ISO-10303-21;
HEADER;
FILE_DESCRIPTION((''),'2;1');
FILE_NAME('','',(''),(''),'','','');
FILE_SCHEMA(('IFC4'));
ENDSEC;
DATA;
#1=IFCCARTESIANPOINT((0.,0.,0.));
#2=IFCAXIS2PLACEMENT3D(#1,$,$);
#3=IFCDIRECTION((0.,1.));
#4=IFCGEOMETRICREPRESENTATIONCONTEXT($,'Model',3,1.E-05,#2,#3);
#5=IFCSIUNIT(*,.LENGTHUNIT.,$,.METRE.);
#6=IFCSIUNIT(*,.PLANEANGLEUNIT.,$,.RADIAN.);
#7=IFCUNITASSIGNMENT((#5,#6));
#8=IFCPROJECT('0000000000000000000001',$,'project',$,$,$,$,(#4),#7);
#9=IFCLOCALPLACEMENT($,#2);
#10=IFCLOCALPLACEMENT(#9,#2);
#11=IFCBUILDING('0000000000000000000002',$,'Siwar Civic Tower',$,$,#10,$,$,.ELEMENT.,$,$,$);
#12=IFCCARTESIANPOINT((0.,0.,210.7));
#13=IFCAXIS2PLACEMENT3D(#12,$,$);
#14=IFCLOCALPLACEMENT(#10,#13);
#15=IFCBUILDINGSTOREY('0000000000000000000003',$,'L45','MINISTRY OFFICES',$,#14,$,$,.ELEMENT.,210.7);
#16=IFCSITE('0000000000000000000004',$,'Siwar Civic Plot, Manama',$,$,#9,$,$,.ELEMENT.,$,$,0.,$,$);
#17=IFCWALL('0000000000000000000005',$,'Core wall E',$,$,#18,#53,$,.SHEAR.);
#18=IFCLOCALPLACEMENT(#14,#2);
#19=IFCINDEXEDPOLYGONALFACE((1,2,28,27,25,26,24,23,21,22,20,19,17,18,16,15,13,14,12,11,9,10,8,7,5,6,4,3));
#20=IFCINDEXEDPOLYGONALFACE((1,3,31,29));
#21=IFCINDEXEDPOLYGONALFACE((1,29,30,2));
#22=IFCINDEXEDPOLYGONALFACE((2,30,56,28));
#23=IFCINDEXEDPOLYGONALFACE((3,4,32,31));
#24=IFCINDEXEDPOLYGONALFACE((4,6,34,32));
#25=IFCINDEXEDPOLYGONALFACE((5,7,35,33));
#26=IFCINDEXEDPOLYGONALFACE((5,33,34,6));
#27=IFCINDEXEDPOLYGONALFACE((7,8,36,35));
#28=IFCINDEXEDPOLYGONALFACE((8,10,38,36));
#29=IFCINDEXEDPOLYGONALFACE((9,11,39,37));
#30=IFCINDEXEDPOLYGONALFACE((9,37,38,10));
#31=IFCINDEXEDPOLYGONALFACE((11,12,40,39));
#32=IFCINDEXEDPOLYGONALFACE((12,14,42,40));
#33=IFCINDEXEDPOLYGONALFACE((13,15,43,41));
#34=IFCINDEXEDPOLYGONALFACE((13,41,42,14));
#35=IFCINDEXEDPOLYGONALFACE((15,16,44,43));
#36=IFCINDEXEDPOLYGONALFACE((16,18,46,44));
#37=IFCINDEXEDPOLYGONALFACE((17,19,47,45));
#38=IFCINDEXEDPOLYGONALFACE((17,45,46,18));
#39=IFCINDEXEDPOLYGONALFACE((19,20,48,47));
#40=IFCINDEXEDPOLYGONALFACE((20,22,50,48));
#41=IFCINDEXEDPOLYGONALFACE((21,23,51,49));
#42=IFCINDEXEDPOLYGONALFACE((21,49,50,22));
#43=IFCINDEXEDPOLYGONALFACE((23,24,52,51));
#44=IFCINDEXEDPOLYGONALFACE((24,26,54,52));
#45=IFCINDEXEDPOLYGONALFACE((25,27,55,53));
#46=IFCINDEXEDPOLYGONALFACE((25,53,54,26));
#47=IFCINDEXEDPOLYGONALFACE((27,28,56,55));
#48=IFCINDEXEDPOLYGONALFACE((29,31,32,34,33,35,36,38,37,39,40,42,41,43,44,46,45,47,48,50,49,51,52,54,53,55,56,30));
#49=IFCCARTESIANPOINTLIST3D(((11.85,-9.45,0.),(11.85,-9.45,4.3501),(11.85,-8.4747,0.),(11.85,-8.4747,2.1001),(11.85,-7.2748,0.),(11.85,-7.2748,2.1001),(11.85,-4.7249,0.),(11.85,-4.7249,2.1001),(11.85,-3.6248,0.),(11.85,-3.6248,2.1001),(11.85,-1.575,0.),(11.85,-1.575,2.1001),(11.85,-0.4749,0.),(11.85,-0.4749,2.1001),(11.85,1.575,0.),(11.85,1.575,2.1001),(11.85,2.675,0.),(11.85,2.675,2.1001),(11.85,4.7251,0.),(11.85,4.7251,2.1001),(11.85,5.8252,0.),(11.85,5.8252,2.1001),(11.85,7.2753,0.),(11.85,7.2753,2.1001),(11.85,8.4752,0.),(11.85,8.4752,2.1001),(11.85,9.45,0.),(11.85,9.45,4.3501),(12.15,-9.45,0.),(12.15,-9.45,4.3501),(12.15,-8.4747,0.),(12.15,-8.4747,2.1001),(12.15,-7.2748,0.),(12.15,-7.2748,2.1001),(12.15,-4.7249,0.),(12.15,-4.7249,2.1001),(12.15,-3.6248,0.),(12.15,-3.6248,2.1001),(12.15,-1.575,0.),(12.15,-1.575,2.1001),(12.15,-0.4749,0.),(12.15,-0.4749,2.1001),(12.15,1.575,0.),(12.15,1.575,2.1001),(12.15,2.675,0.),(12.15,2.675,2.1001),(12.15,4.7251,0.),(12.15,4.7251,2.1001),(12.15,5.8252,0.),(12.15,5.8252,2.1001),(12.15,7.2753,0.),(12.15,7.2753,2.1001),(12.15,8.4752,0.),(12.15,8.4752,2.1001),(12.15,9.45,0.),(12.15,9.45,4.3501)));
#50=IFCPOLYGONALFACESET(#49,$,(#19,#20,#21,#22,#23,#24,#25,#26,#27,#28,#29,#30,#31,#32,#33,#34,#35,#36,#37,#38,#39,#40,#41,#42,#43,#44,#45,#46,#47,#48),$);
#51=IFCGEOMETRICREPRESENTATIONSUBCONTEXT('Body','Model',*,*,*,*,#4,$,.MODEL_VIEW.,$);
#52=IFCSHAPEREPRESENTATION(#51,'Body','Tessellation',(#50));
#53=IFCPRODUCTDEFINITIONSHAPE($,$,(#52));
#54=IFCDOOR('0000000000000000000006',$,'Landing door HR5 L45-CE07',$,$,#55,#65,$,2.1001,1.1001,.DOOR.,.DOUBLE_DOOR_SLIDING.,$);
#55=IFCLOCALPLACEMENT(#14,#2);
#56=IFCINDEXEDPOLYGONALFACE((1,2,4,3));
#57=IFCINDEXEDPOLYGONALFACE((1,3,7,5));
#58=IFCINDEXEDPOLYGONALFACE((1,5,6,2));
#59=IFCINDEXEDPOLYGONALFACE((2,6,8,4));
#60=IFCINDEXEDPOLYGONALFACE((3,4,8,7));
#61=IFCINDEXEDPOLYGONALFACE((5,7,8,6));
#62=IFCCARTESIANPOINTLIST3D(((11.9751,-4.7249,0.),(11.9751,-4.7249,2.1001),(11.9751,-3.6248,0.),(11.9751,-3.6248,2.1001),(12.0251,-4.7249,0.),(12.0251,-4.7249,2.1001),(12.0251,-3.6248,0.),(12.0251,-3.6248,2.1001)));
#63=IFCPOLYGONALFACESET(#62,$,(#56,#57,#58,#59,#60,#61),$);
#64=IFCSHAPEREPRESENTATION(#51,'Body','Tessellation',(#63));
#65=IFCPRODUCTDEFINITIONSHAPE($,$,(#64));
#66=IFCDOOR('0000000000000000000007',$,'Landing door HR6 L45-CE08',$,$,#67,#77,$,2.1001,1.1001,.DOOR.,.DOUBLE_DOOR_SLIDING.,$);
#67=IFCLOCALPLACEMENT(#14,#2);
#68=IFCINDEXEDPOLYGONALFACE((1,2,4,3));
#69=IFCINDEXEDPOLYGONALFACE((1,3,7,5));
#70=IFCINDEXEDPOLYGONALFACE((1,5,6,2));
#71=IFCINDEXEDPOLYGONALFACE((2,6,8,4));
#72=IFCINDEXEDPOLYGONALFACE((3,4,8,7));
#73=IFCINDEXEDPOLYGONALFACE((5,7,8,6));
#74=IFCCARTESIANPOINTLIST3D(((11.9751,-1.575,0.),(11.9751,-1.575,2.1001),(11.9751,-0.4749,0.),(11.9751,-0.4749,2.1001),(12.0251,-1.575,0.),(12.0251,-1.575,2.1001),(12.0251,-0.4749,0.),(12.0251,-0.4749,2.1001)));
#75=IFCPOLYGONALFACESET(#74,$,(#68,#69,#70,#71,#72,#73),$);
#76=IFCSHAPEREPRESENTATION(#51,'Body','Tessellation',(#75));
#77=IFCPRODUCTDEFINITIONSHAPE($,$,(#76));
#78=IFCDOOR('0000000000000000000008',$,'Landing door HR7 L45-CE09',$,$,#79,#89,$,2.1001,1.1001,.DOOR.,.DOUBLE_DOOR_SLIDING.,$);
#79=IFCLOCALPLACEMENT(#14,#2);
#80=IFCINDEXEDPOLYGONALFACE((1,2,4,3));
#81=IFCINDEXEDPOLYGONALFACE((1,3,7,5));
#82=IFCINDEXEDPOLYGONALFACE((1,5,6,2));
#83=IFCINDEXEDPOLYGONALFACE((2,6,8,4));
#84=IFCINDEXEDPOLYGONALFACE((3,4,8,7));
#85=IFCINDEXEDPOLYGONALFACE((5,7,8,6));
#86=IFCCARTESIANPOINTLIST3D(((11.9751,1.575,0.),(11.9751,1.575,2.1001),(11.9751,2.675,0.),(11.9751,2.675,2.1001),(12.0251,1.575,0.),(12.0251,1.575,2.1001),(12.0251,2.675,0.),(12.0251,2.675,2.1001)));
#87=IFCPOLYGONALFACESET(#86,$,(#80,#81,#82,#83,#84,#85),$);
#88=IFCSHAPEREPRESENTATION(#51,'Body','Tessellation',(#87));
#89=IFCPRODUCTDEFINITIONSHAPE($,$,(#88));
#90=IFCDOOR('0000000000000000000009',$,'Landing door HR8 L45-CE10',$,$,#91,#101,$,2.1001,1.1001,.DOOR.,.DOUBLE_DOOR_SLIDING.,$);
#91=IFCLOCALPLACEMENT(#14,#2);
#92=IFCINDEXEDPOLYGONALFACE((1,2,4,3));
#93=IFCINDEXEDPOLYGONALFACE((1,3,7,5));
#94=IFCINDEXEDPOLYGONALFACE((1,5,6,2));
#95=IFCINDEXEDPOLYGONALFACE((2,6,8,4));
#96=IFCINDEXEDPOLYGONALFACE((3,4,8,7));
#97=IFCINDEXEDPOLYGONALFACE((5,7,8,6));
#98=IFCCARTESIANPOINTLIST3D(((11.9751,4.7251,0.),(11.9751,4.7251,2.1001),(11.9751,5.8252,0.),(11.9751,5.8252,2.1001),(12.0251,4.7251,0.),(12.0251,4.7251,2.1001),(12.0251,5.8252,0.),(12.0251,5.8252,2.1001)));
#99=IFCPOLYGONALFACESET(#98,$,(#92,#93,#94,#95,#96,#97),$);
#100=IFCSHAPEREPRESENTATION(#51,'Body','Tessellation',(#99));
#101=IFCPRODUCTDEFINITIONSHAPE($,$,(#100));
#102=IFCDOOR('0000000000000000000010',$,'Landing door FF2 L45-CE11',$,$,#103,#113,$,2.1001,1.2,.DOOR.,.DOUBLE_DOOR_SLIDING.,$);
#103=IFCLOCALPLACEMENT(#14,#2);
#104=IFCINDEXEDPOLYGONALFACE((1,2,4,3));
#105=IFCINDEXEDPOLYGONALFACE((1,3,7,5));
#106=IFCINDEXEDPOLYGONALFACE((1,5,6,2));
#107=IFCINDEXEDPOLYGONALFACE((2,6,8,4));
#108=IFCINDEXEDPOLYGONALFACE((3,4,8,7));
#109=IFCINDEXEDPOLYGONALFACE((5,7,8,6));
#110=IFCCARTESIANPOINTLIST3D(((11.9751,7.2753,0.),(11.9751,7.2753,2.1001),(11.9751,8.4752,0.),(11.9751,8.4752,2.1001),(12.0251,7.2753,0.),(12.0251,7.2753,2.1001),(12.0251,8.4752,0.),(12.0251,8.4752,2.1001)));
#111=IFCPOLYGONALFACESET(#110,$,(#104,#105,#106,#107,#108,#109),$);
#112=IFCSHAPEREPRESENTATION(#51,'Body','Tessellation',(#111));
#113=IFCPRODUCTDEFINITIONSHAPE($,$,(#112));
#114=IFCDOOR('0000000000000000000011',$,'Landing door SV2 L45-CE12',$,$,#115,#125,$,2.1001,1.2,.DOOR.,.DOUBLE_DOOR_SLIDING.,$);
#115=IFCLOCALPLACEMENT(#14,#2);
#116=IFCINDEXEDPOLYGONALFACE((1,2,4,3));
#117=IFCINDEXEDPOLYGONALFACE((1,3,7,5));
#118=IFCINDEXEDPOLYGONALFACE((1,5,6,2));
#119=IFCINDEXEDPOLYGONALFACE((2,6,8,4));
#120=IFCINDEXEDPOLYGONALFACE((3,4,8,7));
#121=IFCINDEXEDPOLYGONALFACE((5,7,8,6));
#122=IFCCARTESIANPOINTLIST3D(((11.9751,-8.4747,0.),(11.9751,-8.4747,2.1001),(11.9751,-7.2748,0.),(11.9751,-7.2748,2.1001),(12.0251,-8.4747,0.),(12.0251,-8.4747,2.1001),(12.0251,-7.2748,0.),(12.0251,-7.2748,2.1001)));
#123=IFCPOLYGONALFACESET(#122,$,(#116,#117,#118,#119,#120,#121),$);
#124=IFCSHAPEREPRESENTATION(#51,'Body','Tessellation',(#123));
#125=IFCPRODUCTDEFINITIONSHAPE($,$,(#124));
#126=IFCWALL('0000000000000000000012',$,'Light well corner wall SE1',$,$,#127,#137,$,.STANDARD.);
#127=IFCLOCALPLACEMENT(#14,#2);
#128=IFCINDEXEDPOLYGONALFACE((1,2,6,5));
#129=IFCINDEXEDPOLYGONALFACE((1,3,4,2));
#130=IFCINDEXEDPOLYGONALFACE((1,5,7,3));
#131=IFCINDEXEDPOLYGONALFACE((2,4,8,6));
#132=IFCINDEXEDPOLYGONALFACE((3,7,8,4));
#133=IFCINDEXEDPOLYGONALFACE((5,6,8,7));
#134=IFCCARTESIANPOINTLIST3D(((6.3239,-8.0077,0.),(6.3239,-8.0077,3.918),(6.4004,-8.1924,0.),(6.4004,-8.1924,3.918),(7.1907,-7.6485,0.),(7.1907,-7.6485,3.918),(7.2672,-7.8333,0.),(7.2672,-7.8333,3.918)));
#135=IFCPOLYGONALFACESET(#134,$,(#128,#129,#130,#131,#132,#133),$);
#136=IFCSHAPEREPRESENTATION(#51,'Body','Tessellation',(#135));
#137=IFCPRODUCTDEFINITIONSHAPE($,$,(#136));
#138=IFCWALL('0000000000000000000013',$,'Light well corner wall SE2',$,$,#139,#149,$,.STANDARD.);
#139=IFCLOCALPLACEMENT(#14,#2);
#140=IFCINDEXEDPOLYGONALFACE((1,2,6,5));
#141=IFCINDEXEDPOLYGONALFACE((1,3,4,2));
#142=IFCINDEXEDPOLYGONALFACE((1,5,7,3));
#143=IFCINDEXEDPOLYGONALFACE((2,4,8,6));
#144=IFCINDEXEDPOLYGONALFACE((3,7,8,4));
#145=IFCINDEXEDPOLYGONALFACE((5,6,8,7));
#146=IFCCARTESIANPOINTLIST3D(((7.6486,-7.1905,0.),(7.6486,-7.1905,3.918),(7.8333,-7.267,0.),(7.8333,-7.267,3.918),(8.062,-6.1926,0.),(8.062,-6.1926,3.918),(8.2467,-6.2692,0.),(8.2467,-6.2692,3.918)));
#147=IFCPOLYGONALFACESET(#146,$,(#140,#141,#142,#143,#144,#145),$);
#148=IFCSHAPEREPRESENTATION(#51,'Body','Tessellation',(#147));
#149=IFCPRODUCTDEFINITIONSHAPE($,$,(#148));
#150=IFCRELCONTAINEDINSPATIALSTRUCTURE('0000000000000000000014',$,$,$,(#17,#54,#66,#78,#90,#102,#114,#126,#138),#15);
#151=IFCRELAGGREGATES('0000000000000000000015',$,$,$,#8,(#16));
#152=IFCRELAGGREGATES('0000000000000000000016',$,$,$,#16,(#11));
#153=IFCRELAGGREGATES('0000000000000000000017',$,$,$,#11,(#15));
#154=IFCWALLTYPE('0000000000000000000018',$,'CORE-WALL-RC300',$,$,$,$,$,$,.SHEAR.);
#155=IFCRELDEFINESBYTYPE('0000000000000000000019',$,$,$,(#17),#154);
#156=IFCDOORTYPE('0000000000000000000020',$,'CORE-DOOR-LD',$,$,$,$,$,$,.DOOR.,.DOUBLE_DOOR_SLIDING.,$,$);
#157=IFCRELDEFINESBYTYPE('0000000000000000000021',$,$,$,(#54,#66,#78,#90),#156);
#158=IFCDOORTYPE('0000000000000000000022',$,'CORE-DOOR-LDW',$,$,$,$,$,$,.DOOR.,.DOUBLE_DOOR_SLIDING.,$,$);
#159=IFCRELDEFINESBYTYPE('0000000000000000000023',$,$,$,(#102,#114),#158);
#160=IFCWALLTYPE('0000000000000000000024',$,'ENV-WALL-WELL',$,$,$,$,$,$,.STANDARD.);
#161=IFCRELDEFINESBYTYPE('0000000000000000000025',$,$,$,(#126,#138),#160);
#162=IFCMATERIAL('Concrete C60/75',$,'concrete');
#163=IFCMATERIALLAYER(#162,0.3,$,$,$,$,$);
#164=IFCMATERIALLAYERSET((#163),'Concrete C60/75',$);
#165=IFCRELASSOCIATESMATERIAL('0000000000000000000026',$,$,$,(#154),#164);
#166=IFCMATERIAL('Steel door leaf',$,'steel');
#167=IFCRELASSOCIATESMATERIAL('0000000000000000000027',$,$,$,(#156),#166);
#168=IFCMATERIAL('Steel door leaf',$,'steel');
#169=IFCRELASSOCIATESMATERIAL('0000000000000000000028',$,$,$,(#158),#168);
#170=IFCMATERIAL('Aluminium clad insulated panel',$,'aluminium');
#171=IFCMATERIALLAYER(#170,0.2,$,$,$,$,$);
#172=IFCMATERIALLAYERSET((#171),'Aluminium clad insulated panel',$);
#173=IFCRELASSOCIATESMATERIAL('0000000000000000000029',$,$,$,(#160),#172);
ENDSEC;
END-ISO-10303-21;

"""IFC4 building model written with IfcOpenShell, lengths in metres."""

from ifc_helpers import new_model, si_unit, direction, frame, frame_2d, origin, place, context, subcontext, project, spatial, rectangle, extrude, material, layer, layer_set, type_object, element, fill, save


model = new_model("IFC4")

# Units and contexts
model_context = context("Model", 3, precision=1e-05, world=origin(), true_north=direction((0.0, 1.0)))
body_context = subcontext(model_context, "Body", "Model", "MODEL_VIEW")
ifc_project = project(units=[si_unit("LENGTHUNIT", "METRE"), si_unit("PLANEANGLEUNIT", "RADIAN")], contexts=[model_context])

# Site, building, storey
site_placement = place(None, origin())
site = spatial("IfcSite", under=ifc_project, at=site_placement, Name="Siwar Civic Plot, Manama", CompositionType="ELEMENT", RefElevation=0.0)
building_placement = place(site_placement, origin())
building = spatial("IfcBuilding", under=site, at=building_placement, Name="Siwar Civic Tower", CompositionType="ELEMENT")
storey_placement = place(building_placement, frame((0.0, 0.0, 210.7)))
storey = spatial("IfcBuildingStorey", under=building, at=storey_placement, Name="L45", Description="MINISTRY OFFICES", CompositionType="ELEMENT", Elevation=210.7)

# Wall, openings, doors
ifc_material_1 = material(Name="Concrete C60/75", Category="concrete")
ifc_layer_1 = layer(ifc_material_1, 0.3)
ifc_layer_set_1 = layer_set([ifc_layer_1], Name="Concrete C60/75")
wall_type_1 = type_object("IfcWallType", Name="CORE-WALL-RC300", PredefinedType="SHEAR", material=ifc_layer_set_1)
wall_1_placement = place(storey_placement, frame((12.0, -9.45, 0.0), z_axis=(0.0, 0.0, 1.0), x_axis=(0.0, 1.0, 0.0)))
wall_1 = element("IfcWall", 1, at=wall_1_placement, inside=storey, type_object=wall_type_1, Name="Core wall E", PredefinedType="SHEAR", context=body_context, shape_type="SweptSolid", body=[
    extrude(rectangle(XDim=18.8999, YDim=0.3, at=frame_2d((9.45, 0.0))), origin(), (0.0, 0.0, 1.0), 4.3501),
])
opening_1_placement = place(wall_1_placement, frame((4.7251, 0.0, 0.0)))
opening_1 = element("IfcOpeningElement", 2, at=opening_1_placement, cuts=wall_1, PredefinedType="OPENING", context=body_context, shape_type="SweptSolid", body=[
    extrude(rectangle(XDim=1.1001, YDim=2.1001, at=frame_2d((0.55, 1.05))), frame((0.0, 0.1602, 0.0), z_axis=(0.0, -1.0, 0.0), x_axis=(1.0, 0.0, 0.0)), (0.0, 0.0, 1.0), 0.3201),
])
opening_2_placement = place(wall_1_placement, frame((7.875, 0.0, 0.0)))
opening_2 = element("IfcOpeningElement", 3, at=opening_2_placement, cuts=wall_1, PredefinedType="OPENING", context=body_context, shape_type="SweptSolid", body=[
    extrude(rectangle(XDim=1.1001, YDim=2.1001, at=frame_2d((0.55, 1.05))), frame((0.0, 0.1602, 0.0), z_axis=(0.0, -1.0, 0.0), x_axis=(1.0, 0.0, 0.0)), (0.0, 0.0, 1.0), 0.3201),
])
opening_3_placement = place(wall_1_placement, frame((11.0249, 0.0, 0.0)))
opening_3 = element("IfcOpeningElement", 4, at=opening_3_placement, cuts=wall_1, PredefinedType="OPENING", context=body_context, shape_type="SweptSolid", body=[
    extrude(rectangle(XDim=1.1001, YDim=2.1001, at=frame_2d((0.55, 1.05))), frame((0.0, 0.1602, 0.0), z_axis=(0.0, -1.0, 0.0), x_axis=(1.0, 0.0, 0.0)), (0.0, 0.0, 1.0), 0.3201),
])
opening_4_placement = place(wall_1_placement, frame((14.175, 0.0, 0.0)))
opening_4 = element("IfcOpeningElement", 5, at=opening_4_placement, cuts=wall_1, PredefinedType="OPENING", context=body_context, shape_type="SweptSolid", body=[
    extrude(rectangle(XDim=1.1001, YDim=2.1001, at=frame_2d((0.55, 1.05))), frame((0.0, 0.1602, 0.0), z_axis=(0.0, -1.0, 0.0), x_axis=(1.0, 0.0, 0.0)), (0.0, 0.0, 1.0), 0.3201),
])
opening_5_placement = place(wall_1_placement, frame((16.7251, 0.0, 0.0)))
opening_5 = element("IfcOpeningElement", 6, at=opening_5_placement, cuts=wall_1, PredefinedType="OPENING", context=body_context, shape_type="SweptSolid", body=[
    extrude(rectangle(XDim=1.2, YDim=2.1001, at=frame_2d((0.6001, 1.05))), frame((0.0, 0.1602, 0.0), z_axis=(0.0, -1.0, 0.0), x_axis=(1.0, 0.0, 0.0)), (0.0, 0.0, 1.0), 0.3201),
])
opening_6_placement = place(wall_1_placement, frame((0.9751, 0.0, 0.0)))
opening_6 = element("IfcOpeningElement", 7, at=opening_6_placement, cuts=wall_1, PredefinedType="OPENING", context=body_context, shape_type="SweptSolid", body=[
    extrude(rectangle(XDim=1.2, YDim=2.1001, at=frame_2d((0.6001, 1.05))), frame((0.0, 0.1602, 0.0), z_axis=(0.0, -1.0, 0.0), x_axis=(1.0, 0.0, 0.0)), (0.0, 0.0, 1.0), 0.3201),
])
ifc_material_2 = material(Name="Steel door leaf", Category="steel")
door_type_1 = type_object("IfcDoorType", Name="CORE-DOOR-LD", OperationType="DOUBLE_DOOR_SLIDING", PredefinedType="DOOR", material=ifc_material_2)
door_1_placement = place(opening_1_placement, origin())
door_1 = element("IfcDoor", 8, at=door_1_placement, inside=storey, type_object=door_type_1, Name="Landing door HR5 L45-CE07", OperationType="DOUBLE_DOOR_SLIDING", OverallHeight=2.1001, OverallWidth=1.1001, PredefinedType="DOOR", context=body_context, shape_type="SweptSolid", body=[
    extrude(rectangle(XDim=1.1001, YDim=2.1001, at=frame_2d((0.55, 1.05))), frame((0.0, 0.0249, 0.0), z_axis=(0.0, -1.0, 0.0), x_axis=(1.0, 0.0, 0.0)), (0.0, 0.0, 1.0), 0.05),
])
fill(opening_1, door_1)
door_2_placement = place(opening_2_placement, origin())
door_2 = element("IfcDoor", 9, at=door_2_placement, inside=storey, type_object=door_type_1, Name="Landing door HR6 L45-CE08", OperationType="DOUBLE_DOOR_SLIDING", OverallHeight=2.1001, OverallWidth=1.1001, PredefinedType="DOOR", context=body_context, shape_type="SweptSolid", body=[
    extrude(rectangle(XDim=1.1001, YDim=2.1001, at=frame_2d((0.55, 1.05))), frame((0.0, 0.0249, 0.0), z_axis=(0.0, -1.0, 0.0), x_axis=(1.0, 0.0, 0.0)), (0.0, 0.0, 1.0), 0.05),
])
fill(opening_2, door_2)
door_3_placement = place(opening_3_placement, origin())
door_3 = element("IfcDoor", 10, at=door_3_placement, inside=storey, type_object=door_type_1, Name="Landing door HR7 L45-CE09", OperationType="DOUBLE_DOOR_SLIDING", OverallHeight=2.1001, OverallWidth=1.1001, PredefinedType="DOOR", context=body_context, shape_type="SweptSolid", body=[
    extrude(rectangle(XDim=1.1001, YDim=2.1001, at=frame_2d((0.55, 1.05))), frame((0.0, 0.0249, 0.0), z_axis=(0.0, -1.0, 0.0), x_axis=(1.0, 0.0, 0.0)), (0.0, 0.0, 1.0), 0.05),
])
fill(opening_3, door_3)
door_4_placement = place(opening_4_placement, origin())
door_4 = element("IfcDoor", 11, at=door_4_placement, inside=storey, type_object=door_type_1, Name="Landing door HR8 L45-CE10", OperationType="DOUBLE_DOOR_SLIDING", OverallHeight=2.1001, OverallWidth=1.1001, PredefinedType="DOOR", context=body_context, shape_type="SweptSolid", body=[
    extrude(rectangle(XDim=1.1001, YDim=2.1001, at=frame_2d((0.55, 1.05))), frame((0.0, 0.0249, 0.0), z_axis=(0.0, -1.0, 0.0), x_axis=(1.0, 0.0, 0.0)), (0.0, 0.0, 1.0), 0.05),
])
fill(opening_4, door_4)
ifc_material_3 = material(Name="Steel door leaf", Category="steel")
door_type_2 = type_object("IfcDoorType", Name="CORE-DOOR-LDW", OperationType="DOUBLE_DOOR_SLIDING", PredefinedType="DOOR", material=ifc_material_3)
door_5_placement = place(opening_5_placement, origin())
door_5 = element("IfcDoor", 12, at=door_5_placement, inside=storey, type_object=door_type_2, Name="Landing door FF2 L45-CE11", OperationType="DOUBLE_DOOR_SLIDING", OverallHeight=2.1001, OverallWidth=1.2, PredefinedType="DOOR", context=body_context, shape_type="SweptSolid", body=[
    extrude(rectangle(XDim=1.2, YDim=2.1001, at=frame_2d((0.6001, 1.05))), frame((0.0, 0.0249, 0.0), z_axis=(0.0, -1.0, 0.0), x_axis=(1.0, 0.0, 0.0)), (0.0, 0.0, 1.0), 0.05),
])
fill(opening_5, door_5)
door_6_placement = place(opening_6_placement, origin())
door_6 = element("IfcDoor", 13, at=door_6_placement, inside=storey, type_object=door_type_2, Name="Landing door SV2 L45-CE12", OperationType="DOUBLE_DOOR_SLIDING", OverallHeight=2.1001, OverallWidth=1.2, PredefinedType="DOOR", context=body_context, shape_type="SweptSolid", body=[
    extrude(rectangle(XDim=1.2, YDim=2.1001, at=frame_2d((0.6001, 1.05))), frame((0.0, 0.0249, 0.0), z_axis=(0.0, -1.0, 0.0), x_axis=(1.0, 0.0, 0.0)), (0.0, 0.0, 1.0), 0.05),
])
fill(opening_6, door_6)

# Walls
ifc_material_4 = material(Name="Aluminium clad insulated panel", Category="aluminium")
ifc_layer_2 = layer(ifc_material_4, 0.2)
ifc_layer_set_2 = layer_set([ifc_layer_2], Name="Aluminium clad insulated panel")
wall_type_2 = type_object("IfcWallType", Name="ENV-WALL-WELL", PredefinedType="STANDARD", material=ifc_layer_set_2)
wall_2_placement = place(storey_placement, frame((6.3621, -8.1001, 0.0), z_axis=(0.0, 0.0, 1.0), x_axis=(0.92383, 0.382804, 0.0)))
element("IfcWall", 14, at=wall_2_placement, inside=storey, type_object=wall_type_2, Name="Light well corner wall SE1", PredefinedType="STANDARD", context=body_context, shape_type="SweptSolid", body=[
    extrude(rectangle(XDim=0.9382, YDim=0.2, at=frame_2d((0.4692, 0.0))), origin(), (0.0, 0.0, 1.0), 3.918),
])
wall_3_placement = place(storey_placement, frame((7.741, -7.2288, 0.0), z_axis=(0.0, 0.0, 1.0), x_axis=(0.382704, 0.923871, 0.0)))
element("IfcWall", 15, at=wall_3_placement, inside=storey, type_object=wall_type_2, Name="Light well corner wall SE2", PredefinedType="STANDARD", context=body_context, shape_type="SweptSolid", body=[
    extrude(rectangle(XDim=1.0801, YDim=0.2, at=frame_2d((0.54, 0.0))), origin(), (0.0, 0.0, 1.0), 3.918),
])

save(model, "model.ifc")
